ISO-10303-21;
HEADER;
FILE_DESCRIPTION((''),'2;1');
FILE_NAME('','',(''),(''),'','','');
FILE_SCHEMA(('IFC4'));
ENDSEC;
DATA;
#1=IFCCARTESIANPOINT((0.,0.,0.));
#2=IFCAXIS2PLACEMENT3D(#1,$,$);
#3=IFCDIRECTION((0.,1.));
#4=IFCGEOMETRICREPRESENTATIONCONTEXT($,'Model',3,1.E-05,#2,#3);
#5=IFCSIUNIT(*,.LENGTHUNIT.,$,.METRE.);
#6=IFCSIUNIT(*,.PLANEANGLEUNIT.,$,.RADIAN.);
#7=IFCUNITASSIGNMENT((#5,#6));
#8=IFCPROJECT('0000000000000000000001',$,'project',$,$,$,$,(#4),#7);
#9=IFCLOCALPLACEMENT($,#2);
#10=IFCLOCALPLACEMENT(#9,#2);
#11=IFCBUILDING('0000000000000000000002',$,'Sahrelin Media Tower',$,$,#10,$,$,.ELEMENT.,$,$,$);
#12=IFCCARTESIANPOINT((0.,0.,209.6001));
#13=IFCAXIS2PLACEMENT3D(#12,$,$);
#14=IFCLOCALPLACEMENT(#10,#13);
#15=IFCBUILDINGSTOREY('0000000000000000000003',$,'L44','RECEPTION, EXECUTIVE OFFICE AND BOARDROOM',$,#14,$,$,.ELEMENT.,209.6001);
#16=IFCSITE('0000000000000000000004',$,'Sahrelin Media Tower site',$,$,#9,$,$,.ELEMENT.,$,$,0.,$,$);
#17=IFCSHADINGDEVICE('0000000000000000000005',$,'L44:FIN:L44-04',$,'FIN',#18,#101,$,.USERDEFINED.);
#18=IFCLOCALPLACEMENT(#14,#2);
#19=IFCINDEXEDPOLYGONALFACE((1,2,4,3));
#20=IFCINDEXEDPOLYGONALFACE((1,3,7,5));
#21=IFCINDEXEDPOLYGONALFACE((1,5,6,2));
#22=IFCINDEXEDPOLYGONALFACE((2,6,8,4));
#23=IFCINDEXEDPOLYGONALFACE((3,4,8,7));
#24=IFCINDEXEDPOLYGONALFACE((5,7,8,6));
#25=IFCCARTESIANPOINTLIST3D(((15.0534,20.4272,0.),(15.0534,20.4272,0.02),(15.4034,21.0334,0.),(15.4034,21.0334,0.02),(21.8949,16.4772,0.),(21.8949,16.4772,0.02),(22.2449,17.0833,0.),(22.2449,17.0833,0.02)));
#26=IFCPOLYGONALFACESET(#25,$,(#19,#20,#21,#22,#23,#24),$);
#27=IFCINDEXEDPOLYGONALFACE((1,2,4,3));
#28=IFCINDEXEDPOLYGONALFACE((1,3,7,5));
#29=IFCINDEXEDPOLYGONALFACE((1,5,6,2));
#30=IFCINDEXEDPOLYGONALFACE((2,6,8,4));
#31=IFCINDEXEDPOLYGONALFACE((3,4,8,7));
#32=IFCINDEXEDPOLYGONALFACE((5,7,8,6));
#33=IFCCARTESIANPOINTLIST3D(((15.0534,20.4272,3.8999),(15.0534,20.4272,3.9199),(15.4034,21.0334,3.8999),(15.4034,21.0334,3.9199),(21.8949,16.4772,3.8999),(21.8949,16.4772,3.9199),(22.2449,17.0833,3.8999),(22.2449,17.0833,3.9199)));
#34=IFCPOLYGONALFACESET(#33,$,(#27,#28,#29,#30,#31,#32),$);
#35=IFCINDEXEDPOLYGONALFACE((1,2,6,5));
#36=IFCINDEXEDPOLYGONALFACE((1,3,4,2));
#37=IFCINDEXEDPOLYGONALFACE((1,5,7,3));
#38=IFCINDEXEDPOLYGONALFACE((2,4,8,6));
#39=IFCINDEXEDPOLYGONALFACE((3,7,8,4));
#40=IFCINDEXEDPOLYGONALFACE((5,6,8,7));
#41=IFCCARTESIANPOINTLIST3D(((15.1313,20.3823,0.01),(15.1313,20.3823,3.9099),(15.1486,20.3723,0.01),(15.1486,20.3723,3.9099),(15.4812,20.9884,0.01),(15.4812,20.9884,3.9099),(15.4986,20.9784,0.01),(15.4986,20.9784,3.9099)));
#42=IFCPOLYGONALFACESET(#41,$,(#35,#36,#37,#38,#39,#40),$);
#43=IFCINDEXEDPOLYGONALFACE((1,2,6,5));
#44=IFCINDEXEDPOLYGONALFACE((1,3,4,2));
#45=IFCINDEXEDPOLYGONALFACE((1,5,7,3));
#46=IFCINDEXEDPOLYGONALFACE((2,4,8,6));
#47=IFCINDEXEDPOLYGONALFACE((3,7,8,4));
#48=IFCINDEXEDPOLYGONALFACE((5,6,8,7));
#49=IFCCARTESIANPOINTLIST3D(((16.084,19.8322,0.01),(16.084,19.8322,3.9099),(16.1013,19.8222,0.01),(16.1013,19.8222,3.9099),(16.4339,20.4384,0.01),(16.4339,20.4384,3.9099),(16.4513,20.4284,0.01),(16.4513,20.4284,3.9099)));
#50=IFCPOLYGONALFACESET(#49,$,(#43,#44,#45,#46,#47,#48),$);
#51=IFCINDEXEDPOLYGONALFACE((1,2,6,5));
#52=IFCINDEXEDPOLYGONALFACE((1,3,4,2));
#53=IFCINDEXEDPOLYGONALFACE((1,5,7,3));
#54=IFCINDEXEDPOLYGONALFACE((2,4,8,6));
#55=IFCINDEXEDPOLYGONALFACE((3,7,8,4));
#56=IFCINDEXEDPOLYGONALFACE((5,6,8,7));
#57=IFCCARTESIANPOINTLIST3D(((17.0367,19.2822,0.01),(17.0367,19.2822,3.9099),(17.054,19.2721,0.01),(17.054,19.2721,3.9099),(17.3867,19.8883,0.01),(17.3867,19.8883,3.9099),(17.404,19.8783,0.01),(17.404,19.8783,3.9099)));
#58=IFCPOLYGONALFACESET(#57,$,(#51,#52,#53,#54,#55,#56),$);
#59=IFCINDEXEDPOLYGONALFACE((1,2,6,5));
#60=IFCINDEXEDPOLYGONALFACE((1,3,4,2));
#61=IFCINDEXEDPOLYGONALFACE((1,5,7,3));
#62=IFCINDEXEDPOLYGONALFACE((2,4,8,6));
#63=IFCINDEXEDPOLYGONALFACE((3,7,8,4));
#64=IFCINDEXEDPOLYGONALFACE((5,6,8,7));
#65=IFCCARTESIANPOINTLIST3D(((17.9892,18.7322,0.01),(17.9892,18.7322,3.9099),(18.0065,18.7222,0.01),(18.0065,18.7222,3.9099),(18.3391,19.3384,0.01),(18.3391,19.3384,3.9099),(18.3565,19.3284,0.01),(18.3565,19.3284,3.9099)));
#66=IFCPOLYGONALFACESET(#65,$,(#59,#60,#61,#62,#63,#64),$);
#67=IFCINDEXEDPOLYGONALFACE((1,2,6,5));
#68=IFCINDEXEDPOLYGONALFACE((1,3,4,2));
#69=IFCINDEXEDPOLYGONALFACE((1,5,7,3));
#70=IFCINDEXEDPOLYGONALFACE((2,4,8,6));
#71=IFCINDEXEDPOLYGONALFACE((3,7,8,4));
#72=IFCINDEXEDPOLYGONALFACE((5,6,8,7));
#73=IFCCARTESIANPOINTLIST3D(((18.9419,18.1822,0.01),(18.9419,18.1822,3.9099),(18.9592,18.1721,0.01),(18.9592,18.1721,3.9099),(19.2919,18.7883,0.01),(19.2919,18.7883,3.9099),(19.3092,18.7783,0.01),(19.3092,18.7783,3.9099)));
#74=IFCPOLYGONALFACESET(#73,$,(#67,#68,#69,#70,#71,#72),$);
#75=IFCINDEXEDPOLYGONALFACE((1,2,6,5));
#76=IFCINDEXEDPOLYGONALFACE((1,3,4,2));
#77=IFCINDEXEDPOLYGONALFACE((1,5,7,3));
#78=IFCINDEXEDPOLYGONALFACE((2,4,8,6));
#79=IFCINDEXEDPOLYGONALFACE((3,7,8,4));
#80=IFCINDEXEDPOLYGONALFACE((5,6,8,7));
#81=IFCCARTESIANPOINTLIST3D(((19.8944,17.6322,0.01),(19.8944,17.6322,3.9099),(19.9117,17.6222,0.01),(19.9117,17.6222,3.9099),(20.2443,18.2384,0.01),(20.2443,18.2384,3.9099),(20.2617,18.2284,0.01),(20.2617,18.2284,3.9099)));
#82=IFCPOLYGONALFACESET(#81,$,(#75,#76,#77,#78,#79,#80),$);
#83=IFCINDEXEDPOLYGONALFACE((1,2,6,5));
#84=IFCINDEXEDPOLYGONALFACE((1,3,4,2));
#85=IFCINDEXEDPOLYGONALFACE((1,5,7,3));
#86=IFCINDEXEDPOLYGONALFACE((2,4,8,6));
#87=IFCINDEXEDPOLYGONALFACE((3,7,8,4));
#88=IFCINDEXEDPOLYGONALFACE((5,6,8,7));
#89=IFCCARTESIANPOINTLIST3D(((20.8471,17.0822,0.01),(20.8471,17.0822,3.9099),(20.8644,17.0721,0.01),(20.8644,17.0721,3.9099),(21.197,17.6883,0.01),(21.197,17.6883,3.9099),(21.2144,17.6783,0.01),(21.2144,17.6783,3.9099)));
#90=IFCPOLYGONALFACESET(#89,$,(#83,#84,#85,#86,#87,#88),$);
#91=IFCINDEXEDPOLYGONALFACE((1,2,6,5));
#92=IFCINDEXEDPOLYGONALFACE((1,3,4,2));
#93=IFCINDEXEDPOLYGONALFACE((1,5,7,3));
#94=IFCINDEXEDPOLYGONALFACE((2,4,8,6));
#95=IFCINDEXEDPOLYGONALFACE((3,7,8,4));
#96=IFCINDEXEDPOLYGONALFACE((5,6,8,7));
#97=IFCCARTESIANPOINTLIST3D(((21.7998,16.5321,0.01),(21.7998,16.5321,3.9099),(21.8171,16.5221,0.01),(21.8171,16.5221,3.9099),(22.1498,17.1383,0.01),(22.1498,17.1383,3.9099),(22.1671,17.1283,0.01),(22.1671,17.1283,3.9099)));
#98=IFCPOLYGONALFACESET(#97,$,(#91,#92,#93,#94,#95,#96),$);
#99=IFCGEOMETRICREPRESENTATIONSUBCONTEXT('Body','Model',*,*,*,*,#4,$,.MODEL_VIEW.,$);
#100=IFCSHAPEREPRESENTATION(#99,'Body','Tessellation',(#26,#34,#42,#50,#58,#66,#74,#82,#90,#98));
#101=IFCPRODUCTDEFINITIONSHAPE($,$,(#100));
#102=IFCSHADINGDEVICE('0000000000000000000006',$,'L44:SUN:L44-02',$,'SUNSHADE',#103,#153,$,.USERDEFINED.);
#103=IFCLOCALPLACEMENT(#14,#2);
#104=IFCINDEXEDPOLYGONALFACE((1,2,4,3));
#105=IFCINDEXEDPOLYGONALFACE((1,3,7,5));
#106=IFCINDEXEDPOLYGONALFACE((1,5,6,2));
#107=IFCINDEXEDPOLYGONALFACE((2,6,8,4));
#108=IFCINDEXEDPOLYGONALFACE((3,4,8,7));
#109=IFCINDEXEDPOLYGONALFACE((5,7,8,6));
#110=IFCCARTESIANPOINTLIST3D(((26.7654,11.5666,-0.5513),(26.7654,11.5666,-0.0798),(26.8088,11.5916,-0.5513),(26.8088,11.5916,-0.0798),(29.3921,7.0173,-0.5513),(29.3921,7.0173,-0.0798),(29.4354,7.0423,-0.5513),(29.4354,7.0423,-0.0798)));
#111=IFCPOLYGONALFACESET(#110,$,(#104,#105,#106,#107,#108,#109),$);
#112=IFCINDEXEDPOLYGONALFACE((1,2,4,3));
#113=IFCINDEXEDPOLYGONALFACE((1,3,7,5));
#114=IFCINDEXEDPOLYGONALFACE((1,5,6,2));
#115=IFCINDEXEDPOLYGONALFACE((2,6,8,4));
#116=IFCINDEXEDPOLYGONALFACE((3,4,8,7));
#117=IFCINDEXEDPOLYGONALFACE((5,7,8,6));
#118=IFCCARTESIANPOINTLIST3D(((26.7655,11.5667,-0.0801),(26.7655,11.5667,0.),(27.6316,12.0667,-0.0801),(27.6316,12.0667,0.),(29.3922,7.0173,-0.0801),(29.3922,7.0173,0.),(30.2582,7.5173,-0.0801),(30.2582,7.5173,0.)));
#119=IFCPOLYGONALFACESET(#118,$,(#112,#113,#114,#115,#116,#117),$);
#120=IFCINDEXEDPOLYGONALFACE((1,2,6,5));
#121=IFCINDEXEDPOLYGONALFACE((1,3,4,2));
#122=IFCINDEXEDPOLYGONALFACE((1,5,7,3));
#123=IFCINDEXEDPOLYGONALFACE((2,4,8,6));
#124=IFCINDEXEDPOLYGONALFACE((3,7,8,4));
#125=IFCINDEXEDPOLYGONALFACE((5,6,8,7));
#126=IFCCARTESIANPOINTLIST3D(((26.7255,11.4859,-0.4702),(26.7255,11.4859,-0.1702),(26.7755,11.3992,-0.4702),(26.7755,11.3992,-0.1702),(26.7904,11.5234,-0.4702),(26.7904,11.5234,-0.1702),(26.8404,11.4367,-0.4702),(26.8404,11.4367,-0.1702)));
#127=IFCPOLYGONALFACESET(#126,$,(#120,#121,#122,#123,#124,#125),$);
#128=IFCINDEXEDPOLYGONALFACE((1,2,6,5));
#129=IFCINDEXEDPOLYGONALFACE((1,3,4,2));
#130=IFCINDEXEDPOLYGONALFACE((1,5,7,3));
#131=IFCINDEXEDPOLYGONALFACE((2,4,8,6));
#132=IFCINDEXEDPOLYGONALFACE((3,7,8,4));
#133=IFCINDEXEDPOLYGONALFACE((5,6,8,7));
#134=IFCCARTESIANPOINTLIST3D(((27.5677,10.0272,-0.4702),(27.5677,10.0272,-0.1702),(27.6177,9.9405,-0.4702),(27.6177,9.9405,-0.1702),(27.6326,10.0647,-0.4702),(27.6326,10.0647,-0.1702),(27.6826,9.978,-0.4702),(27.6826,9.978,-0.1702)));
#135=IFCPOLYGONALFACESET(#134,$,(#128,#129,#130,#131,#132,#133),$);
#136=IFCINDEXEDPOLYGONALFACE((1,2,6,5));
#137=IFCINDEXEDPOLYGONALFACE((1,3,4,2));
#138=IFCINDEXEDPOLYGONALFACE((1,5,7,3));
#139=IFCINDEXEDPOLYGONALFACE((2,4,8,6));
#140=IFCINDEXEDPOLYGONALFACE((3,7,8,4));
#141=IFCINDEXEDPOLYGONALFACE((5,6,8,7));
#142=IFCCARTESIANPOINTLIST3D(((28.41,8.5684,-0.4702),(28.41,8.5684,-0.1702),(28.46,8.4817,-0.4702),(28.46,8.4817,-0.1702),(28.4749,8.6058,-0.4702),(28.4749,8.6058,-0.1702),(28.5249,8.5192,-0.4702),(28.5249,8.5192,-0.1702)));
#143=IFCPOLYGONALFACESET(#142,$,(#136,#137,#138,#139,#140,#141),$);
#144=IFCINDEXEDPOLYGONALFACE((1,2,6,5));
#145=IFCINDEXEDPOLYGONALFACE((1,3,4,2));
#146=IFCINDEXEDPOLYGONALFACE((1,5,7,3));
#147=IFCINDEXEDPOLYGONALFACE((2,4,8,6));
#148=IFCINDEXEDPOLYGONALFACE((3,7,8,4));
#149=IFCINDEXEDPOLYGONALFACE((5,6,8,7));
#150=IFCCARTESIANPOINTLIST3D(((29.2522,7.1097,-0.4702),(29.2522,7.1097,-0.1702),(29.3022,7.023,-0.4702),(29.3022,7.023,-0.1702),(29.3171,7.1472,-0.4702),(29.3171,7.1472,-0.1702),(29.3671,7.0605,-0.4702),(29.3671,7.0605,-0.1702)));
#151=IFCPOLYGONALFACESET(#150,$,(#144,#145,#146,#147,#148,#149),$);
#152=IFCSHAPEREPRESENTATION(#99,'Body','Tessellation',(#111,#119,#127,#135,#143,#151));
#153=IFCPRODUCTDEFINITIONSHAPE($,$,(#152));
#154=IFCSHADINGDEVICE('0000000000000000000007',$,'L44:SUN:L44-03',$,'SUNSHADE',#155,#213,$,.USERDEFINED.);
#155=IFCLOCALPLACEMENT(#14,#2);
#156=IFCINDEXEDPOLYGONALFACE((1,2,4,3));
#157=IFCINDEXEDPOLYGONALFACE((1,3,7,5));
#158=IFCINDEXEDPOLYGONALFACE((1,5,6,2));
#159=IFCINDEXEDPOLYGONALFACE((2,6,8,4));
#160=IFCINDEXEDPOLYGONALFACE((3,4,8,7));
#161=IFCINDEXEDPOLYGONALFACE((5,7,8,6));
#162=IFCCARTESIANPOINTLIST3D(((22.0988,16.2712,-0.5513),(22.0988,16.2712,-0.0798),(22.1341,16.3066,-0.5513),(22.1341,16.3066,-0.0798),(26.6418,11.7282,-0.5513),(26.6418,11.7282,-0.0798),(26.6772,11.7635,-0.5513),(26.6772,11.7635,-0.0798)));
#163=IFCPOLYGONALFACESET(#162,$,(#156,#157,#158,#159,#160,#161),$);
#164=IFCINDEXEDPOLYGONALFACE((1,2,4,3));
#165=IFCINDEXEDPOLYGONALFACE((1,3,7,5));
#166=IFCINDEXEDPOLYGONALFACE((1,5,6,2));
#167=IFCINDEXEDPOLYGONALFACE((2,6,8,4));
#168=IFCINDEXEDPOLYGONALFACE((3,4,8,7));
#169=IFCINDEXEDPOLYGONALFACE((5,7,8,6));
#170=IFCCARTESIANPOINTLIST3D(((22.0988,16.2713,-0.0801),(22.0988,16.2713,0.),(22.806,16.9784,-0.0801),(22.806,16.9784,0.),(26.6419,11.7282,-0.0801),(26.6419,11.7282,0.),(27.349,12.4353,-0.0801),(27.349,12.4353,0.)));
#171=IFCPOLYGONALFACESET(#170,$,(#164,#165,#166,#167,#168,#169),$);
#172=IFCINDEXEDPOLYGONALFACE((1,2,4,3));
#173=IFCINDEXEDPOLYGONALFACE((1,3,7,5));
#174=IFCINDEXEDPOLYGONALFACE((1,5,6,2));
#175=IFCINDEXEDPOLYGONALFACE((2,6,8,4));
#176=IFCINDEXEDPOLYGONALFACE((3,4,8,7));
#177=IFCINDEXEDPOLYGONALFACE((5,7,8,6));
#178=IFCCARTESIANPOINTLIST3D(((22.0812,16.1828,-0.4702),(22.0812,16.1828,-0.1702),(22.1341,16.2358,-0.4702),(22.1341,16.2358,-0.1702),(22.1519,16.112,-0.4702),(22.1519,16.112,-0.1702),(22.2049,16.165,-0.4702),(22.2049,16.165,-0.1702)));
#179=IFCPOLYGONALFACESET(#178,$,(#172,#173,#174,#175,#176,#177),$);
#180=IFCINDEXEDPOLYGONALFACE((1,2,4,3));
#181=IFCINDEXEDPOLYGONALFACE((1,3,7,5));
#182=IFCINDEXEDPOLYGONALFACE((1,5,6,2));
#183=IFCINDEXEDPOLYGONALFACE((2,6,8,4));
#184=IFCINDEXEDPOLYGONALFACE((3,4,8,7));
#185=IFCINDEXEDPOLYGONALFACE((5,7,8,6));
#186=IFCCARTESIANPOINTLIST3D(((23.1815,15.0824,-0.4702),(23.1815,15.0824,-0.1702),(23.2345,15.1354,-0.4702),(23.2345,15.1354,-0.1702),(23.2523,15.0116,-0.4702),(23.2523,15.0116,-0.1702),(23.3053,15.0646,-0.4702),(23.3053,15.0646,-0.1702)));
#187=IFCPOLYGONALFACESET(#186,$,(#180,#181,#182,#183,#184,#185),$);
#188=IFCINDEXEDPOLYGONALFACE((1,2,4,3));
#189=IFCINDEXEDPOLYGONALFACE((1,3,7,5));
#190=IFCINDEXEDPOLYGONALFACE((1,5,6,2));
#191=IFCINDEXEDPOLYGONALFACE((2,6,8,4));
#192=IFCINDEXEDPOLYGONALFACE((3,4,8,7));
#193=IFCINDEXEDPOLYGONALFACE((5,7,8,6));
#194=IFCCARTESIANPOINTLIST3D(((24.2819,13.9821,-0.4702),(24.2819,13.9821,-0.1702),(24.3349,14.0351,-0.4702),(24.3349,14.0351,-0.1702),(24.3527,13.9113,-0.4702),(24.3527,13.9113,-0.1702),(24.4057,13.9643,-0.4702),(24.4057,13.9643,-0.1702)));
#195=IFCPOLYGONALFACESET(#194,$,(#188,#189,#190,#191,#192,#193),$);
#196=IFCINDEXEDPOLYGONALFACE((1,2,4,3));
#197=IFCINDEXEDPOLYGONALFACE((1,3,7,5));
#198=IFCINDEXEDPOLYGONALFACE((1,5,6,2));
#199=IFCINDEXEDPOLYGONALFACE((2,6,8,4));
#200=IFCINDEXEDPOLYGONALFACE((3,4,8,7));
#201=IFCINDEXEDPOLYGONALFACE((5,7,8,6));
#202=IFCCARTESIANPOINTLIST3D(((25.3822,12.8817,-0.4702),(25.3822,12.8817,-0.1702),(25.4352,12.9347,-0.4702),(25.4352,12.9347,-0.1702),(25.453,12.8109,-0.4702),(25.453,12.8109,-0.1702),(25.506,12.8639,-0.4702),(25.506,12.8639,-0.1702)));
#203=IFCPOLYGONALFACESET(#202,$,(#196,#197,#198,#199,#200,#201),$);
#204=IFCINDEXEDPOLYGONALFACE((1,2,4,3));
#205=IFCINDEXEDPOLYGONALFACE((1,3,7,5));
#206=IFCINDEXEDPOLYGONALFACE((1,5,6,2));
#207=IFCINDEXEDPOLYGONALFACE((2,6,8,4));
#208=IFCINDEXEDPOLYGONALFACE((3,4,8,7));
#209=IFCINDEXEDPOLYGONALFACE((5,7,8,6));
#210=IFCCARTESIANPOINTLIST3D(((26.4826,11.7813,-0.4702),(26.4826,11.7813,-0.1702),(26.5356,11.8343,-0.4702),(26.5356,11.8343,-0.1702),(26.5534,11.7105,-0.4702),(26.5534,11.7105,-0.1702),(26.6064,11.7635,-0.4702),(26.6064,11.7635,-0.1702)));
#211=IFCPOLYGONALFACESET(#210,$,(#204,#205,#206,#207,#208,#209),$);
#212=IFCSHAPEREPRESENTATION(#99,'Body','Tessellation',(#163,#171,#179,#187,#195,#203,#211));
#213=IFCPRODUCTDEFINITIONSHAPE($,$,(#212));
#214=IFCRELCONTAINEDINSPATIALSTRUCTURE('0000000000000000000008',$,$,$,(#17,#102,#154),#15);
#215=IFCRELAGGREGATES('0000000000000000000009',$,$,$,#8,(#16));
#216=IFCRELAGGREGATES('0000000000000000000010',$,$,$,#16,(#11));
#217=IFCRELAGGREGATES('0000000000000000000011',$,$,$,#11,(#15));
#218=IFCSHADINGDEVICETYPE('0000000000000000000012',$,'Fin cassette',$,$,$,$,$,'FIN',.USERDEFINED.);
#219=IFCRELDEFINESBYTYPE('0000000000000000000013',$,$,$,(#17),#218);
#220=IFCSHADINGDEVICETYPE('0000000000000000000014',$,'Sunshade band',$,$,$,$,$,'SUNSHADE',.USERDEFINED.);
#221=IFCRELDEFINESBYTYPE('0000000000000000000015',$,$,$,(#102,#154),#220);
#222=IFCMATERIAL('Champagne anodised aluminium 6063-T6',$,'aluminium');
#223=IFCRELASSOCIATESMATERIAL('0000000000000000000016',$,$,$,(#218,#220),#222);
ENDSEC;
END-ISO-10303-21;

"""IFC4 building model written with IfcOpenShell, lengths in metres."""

from ifc_helpers import new_model, si_unit, direction, frame, origin, origin_2d, place, context, subcontext, project, spatial, rectangle, extrude, material, type_object, element, save


model = new_model("IFC4")

# Units and contexts
model_context = context("Model", 3, precision=1e-05, world=origin(), true_north=direction((0.0, 1.0)))
body_context = subcontext(model_context, "Body", "Model", "MODEL_VIEW")
ifc_project = project(units=[si_unit("LENGTHUNIT", "METRE"), si_unit("PLANEANGLEUNIT", "RADIAN")], contexts=[model_context])

# Site, building, storey
site_placement = place(None, origin())
site = spatial("IfcSite", under=ifc_project, at=site_placement, Name="Sahrelin Media Tower site", CompositionType="ELEMENT", RefElevation=0.0)
building_placement = place(site_placement, origin())
building = spatial("IfcBuilding", under=site, at=building_placement, Name="Sahrelin Media Tower", CompositionType="ELEMENT")
storey_placement = place(building_placement, frame((0.0, 0.0, 209.6001)))
storey = spatial("IfcBuildingStorey", under=building, at=storey_placement, Name="L44", Description="RECEPTION, EXECUTIVE OFFICE AND BOARDROOM", CompositionType="ELEMENT", Elevation=209.6001)

# Shared definitions
ifc_material_1 = material(Name="Champagne anodised aluminium 6063-T6", Category="aluminium")

# Shading devices
shading_device_type_1 = type_object("IfcShadingDeviceType", Name="Fin cassette", ElementType="FIN", PredefinedType="USERDEFINED", material=ifc_material_1)
placement_1 = place(storey_placement, frame((28.0615, 9.282, 0.0), z_axis=(0.0, 0.0, 1.0), x_axis=(0.500011, -0.866019, 0.0)))
placement_2 = place(storey_placement, frame((24.3562, 13.9856, 0.0), z_axis=(0.0, 0.0, 1.0), x_axis=(0.707107, -0.707107, 0.0)))
placement_3 = place(storey_placement, frame((18.4392, 18.3916, 0.0), z_axis=(0.0, 0.0, 1.0), x_axis=(0.866019, -0.500011, 0.0)))
element("IfcShadingDevice", 1, at=placement_3, inside=storey, type_object=shading_device_type_1, Name="L44:FIN:L44-04", ObjectType="FIN", PredefinedType="USERDEFINED", context=body_context, shape_type="SweptSolid", body=[
    extrude(rectangle(XDim=7.8999, YDim=0.7, at=origin_2d()), frame((0.0, 0.4199, 0.0)), (0.0, 0.0, 1.0), 0.02),
    extrude(rectangle(XDim=7.8999, YDim=0.7, at=origin_2d()), frame((0.0, 0.4199, 3.8999)), (0.0, 0.0, 1.0), 0.02),
    extrude(rectangle(XDim=0.02, YDim=0.7, at=origin_2d()), frame((-3.8501, 0.4199, 0.01), z_axis=(0.0, 0.0, 1.0), x_axis=(1.0, 0.0, 0.0)), (0.0, 0.0, 1.0), 3.8999),
    extrude(rectangle(XDim=0.02, YDim=0.7, at=origin_2d()), frame((-2.75, 0.4199, 0.01), z_axis=(0.0, 0.0, 1.0), x_axis=(1.0, 0.0, 0.0)), (0.0, 0.0, 1.0), 3.8999),
    extrude(rectangle(XDim=0.02, YDim=0.7, at=origin_2d()), frame((-1.6499, 0.4199, 0.01), z_axis=(0.0, 0.0, 1.0), x_axis=(1.0, 0.0, 0.0)), (0.0, 0.0, 1.0), 3.8999),
    extrude(rectangle(XDim=0.02, YDim=0.7, at=origin_2d()), frame((-0.55, 0.4199, 0.01), z_axis=(0.0, 0.0, 1.0), x_axis=(1.0, 0.0, 0.0)), (0.0, 0.0, 1.0), 3.8999),
    extrude(rectangle(XDim=0.02, YDim=0.7, at=origin_2d()), frame((0.55, 0.4199, 0.01), z_axis=(0.0, 0.0, 1.0), x_axis=(1.0, 0.0, 0.0)), (0.0, 0.0, 1.0), 3.8999),
    extrude(rectangle(XDim=0.02, YDim=0.7, at=origin_2d()), frame((1.6499, 0.4199, 0.01), z_axis=(0.0, 0.0, 1.0), x_axis=(1.0, 0.0, 0.0)), (0.0, 0.0, 1.0), 3.8999),
    extrude(rectangle(XDim=0.02, YDim=0.7, at=origin_2d()), frame((2.75, 0.4199, 0.01), z_axis=(0.0, 0.0, 1.0), x_axis=(1.0, 0.0, 0.0)), (0.0, 0.0, 1.0), 3.8999),
    extrude(rectangle(XDim=0.02, YDim=0.7, at=origin_2d()), frame((3.8501, 0.4199, 0.01), z_axis=(0.0, 0.0, 1.0), x_axis=(1.0, 0.0, 0.0)), (0.0, 0.0, 1.0), 3.8999),
])
shading_device_type_2 = type_object("IfcShadingDeviceType", Name="Sunshade band", ElementType="SUNSHADE", PredefinedType="USERDEFINED", material=ifc_material_1)
element("IfcShadingDevice", 2, at=placement_1, inside=storey, type_object=shading_device_type_2, Name="L44:SUN:L44-02", ObjectType="SUNSHADE", PredefinedType="USERDEFINED", context=body_context, shape_type="SweptSolid", body=[
    extrude(rectangle(XDim=5.2532, YDim=0.05, at=origin_2d()), frame((0.0, 0.0449, -0.5513)), (0.0, 0.0, 1.0), 0.4714),
    extrude(rectangle(XDim=5.2532, YDim=1.0, at=origin_2d()), frame((0.0, 0.52, -0.0801)), (0.0, 0.0, 1.0), 0.0801),
    extrude(rectangle(XDim=0.1001, YDim=0.075, at=origin_2d()), frame((-2.5266, -0.0176, -0.4702)), (0.0, 0.0, 1.0), 0.3),
    extrude(rectangle(XDim=0.1001, YDim=0.075, at=origin_2d()), frame((-0.8423, -0.0176, -0.4702)), (0.0, 0.0, 1.0), 0.3),
    extrude(rectangle(XDim=0.1001, YDim=0.075, at=origin_2d()), frame((0.8423, -0.0176, -0.4702)), (0.0, 0.0, 1.0), 0.3),
    extrude(rectangle(XDim=0.1001, YDim=0.075, at=origin_2d()), frame((2.5266, -0.0176, -0.4702)), (0.0, 0.0, 1.0), 0.3),
])
element("IfcShadingDevice", 3, at=placement_2, inside=storey, type_object=shading_device_type_2, Name="L44:SUN:L44-03", ObjectType="SUNSHADE", PredefinedType="USERDEFINED", context=body_context, shape_type="SweptSolid", body=[
    extrude(rectangle(XDim=6.4248, YDim=0.05, at=origin_2d()), frame((0.0, 0.0449, -0.5513)), (0.0, 0.0, 1.0), 0.4714),
    extrude(rectangle(XDim=6.4248, YDim=1.0, at=origin_2d()), frame((0.0, 0.52, -0.0801)), (0.0, 0.0, 1.0), 0.0801),
    extrude(rectangle(XDim=0.1001, YDim=0.075, at=origin_2d()), frame((-3.1123, -0.0176, -0.4702)), (0.0, 0.0, 1.0), 0.3),
    extrude(rectangle(XDim=0.1001, YDim=0.075, at=origin_2d()), frame((-1.5562, -0.0176, -0.4702)), (0.0, 0.0, 1.0), 0.3),
    extrude(rectangle(XDim=0.1001, YDim=0.075, at=origin_2d()), frame((0.0, -0.0176, -0.4702)), (0.0, 0.0, 1.0), 0.3),
    extrude(rectangle(XDim=0.1001, YDim=0.075, at=origin_2d()), frame((1.5562, -0.0176, -0.4702)), (0.0, 0.0, 1.0), 0.3),
    extrude(rectangle(XDim=0.1001, YDim=0.075, at=origin_2d()), frame((3.1123, -0.0176, -0.4702)), (0.0, 0.0, 1.0), 0.3),
])

save(model, "model.ifc")
